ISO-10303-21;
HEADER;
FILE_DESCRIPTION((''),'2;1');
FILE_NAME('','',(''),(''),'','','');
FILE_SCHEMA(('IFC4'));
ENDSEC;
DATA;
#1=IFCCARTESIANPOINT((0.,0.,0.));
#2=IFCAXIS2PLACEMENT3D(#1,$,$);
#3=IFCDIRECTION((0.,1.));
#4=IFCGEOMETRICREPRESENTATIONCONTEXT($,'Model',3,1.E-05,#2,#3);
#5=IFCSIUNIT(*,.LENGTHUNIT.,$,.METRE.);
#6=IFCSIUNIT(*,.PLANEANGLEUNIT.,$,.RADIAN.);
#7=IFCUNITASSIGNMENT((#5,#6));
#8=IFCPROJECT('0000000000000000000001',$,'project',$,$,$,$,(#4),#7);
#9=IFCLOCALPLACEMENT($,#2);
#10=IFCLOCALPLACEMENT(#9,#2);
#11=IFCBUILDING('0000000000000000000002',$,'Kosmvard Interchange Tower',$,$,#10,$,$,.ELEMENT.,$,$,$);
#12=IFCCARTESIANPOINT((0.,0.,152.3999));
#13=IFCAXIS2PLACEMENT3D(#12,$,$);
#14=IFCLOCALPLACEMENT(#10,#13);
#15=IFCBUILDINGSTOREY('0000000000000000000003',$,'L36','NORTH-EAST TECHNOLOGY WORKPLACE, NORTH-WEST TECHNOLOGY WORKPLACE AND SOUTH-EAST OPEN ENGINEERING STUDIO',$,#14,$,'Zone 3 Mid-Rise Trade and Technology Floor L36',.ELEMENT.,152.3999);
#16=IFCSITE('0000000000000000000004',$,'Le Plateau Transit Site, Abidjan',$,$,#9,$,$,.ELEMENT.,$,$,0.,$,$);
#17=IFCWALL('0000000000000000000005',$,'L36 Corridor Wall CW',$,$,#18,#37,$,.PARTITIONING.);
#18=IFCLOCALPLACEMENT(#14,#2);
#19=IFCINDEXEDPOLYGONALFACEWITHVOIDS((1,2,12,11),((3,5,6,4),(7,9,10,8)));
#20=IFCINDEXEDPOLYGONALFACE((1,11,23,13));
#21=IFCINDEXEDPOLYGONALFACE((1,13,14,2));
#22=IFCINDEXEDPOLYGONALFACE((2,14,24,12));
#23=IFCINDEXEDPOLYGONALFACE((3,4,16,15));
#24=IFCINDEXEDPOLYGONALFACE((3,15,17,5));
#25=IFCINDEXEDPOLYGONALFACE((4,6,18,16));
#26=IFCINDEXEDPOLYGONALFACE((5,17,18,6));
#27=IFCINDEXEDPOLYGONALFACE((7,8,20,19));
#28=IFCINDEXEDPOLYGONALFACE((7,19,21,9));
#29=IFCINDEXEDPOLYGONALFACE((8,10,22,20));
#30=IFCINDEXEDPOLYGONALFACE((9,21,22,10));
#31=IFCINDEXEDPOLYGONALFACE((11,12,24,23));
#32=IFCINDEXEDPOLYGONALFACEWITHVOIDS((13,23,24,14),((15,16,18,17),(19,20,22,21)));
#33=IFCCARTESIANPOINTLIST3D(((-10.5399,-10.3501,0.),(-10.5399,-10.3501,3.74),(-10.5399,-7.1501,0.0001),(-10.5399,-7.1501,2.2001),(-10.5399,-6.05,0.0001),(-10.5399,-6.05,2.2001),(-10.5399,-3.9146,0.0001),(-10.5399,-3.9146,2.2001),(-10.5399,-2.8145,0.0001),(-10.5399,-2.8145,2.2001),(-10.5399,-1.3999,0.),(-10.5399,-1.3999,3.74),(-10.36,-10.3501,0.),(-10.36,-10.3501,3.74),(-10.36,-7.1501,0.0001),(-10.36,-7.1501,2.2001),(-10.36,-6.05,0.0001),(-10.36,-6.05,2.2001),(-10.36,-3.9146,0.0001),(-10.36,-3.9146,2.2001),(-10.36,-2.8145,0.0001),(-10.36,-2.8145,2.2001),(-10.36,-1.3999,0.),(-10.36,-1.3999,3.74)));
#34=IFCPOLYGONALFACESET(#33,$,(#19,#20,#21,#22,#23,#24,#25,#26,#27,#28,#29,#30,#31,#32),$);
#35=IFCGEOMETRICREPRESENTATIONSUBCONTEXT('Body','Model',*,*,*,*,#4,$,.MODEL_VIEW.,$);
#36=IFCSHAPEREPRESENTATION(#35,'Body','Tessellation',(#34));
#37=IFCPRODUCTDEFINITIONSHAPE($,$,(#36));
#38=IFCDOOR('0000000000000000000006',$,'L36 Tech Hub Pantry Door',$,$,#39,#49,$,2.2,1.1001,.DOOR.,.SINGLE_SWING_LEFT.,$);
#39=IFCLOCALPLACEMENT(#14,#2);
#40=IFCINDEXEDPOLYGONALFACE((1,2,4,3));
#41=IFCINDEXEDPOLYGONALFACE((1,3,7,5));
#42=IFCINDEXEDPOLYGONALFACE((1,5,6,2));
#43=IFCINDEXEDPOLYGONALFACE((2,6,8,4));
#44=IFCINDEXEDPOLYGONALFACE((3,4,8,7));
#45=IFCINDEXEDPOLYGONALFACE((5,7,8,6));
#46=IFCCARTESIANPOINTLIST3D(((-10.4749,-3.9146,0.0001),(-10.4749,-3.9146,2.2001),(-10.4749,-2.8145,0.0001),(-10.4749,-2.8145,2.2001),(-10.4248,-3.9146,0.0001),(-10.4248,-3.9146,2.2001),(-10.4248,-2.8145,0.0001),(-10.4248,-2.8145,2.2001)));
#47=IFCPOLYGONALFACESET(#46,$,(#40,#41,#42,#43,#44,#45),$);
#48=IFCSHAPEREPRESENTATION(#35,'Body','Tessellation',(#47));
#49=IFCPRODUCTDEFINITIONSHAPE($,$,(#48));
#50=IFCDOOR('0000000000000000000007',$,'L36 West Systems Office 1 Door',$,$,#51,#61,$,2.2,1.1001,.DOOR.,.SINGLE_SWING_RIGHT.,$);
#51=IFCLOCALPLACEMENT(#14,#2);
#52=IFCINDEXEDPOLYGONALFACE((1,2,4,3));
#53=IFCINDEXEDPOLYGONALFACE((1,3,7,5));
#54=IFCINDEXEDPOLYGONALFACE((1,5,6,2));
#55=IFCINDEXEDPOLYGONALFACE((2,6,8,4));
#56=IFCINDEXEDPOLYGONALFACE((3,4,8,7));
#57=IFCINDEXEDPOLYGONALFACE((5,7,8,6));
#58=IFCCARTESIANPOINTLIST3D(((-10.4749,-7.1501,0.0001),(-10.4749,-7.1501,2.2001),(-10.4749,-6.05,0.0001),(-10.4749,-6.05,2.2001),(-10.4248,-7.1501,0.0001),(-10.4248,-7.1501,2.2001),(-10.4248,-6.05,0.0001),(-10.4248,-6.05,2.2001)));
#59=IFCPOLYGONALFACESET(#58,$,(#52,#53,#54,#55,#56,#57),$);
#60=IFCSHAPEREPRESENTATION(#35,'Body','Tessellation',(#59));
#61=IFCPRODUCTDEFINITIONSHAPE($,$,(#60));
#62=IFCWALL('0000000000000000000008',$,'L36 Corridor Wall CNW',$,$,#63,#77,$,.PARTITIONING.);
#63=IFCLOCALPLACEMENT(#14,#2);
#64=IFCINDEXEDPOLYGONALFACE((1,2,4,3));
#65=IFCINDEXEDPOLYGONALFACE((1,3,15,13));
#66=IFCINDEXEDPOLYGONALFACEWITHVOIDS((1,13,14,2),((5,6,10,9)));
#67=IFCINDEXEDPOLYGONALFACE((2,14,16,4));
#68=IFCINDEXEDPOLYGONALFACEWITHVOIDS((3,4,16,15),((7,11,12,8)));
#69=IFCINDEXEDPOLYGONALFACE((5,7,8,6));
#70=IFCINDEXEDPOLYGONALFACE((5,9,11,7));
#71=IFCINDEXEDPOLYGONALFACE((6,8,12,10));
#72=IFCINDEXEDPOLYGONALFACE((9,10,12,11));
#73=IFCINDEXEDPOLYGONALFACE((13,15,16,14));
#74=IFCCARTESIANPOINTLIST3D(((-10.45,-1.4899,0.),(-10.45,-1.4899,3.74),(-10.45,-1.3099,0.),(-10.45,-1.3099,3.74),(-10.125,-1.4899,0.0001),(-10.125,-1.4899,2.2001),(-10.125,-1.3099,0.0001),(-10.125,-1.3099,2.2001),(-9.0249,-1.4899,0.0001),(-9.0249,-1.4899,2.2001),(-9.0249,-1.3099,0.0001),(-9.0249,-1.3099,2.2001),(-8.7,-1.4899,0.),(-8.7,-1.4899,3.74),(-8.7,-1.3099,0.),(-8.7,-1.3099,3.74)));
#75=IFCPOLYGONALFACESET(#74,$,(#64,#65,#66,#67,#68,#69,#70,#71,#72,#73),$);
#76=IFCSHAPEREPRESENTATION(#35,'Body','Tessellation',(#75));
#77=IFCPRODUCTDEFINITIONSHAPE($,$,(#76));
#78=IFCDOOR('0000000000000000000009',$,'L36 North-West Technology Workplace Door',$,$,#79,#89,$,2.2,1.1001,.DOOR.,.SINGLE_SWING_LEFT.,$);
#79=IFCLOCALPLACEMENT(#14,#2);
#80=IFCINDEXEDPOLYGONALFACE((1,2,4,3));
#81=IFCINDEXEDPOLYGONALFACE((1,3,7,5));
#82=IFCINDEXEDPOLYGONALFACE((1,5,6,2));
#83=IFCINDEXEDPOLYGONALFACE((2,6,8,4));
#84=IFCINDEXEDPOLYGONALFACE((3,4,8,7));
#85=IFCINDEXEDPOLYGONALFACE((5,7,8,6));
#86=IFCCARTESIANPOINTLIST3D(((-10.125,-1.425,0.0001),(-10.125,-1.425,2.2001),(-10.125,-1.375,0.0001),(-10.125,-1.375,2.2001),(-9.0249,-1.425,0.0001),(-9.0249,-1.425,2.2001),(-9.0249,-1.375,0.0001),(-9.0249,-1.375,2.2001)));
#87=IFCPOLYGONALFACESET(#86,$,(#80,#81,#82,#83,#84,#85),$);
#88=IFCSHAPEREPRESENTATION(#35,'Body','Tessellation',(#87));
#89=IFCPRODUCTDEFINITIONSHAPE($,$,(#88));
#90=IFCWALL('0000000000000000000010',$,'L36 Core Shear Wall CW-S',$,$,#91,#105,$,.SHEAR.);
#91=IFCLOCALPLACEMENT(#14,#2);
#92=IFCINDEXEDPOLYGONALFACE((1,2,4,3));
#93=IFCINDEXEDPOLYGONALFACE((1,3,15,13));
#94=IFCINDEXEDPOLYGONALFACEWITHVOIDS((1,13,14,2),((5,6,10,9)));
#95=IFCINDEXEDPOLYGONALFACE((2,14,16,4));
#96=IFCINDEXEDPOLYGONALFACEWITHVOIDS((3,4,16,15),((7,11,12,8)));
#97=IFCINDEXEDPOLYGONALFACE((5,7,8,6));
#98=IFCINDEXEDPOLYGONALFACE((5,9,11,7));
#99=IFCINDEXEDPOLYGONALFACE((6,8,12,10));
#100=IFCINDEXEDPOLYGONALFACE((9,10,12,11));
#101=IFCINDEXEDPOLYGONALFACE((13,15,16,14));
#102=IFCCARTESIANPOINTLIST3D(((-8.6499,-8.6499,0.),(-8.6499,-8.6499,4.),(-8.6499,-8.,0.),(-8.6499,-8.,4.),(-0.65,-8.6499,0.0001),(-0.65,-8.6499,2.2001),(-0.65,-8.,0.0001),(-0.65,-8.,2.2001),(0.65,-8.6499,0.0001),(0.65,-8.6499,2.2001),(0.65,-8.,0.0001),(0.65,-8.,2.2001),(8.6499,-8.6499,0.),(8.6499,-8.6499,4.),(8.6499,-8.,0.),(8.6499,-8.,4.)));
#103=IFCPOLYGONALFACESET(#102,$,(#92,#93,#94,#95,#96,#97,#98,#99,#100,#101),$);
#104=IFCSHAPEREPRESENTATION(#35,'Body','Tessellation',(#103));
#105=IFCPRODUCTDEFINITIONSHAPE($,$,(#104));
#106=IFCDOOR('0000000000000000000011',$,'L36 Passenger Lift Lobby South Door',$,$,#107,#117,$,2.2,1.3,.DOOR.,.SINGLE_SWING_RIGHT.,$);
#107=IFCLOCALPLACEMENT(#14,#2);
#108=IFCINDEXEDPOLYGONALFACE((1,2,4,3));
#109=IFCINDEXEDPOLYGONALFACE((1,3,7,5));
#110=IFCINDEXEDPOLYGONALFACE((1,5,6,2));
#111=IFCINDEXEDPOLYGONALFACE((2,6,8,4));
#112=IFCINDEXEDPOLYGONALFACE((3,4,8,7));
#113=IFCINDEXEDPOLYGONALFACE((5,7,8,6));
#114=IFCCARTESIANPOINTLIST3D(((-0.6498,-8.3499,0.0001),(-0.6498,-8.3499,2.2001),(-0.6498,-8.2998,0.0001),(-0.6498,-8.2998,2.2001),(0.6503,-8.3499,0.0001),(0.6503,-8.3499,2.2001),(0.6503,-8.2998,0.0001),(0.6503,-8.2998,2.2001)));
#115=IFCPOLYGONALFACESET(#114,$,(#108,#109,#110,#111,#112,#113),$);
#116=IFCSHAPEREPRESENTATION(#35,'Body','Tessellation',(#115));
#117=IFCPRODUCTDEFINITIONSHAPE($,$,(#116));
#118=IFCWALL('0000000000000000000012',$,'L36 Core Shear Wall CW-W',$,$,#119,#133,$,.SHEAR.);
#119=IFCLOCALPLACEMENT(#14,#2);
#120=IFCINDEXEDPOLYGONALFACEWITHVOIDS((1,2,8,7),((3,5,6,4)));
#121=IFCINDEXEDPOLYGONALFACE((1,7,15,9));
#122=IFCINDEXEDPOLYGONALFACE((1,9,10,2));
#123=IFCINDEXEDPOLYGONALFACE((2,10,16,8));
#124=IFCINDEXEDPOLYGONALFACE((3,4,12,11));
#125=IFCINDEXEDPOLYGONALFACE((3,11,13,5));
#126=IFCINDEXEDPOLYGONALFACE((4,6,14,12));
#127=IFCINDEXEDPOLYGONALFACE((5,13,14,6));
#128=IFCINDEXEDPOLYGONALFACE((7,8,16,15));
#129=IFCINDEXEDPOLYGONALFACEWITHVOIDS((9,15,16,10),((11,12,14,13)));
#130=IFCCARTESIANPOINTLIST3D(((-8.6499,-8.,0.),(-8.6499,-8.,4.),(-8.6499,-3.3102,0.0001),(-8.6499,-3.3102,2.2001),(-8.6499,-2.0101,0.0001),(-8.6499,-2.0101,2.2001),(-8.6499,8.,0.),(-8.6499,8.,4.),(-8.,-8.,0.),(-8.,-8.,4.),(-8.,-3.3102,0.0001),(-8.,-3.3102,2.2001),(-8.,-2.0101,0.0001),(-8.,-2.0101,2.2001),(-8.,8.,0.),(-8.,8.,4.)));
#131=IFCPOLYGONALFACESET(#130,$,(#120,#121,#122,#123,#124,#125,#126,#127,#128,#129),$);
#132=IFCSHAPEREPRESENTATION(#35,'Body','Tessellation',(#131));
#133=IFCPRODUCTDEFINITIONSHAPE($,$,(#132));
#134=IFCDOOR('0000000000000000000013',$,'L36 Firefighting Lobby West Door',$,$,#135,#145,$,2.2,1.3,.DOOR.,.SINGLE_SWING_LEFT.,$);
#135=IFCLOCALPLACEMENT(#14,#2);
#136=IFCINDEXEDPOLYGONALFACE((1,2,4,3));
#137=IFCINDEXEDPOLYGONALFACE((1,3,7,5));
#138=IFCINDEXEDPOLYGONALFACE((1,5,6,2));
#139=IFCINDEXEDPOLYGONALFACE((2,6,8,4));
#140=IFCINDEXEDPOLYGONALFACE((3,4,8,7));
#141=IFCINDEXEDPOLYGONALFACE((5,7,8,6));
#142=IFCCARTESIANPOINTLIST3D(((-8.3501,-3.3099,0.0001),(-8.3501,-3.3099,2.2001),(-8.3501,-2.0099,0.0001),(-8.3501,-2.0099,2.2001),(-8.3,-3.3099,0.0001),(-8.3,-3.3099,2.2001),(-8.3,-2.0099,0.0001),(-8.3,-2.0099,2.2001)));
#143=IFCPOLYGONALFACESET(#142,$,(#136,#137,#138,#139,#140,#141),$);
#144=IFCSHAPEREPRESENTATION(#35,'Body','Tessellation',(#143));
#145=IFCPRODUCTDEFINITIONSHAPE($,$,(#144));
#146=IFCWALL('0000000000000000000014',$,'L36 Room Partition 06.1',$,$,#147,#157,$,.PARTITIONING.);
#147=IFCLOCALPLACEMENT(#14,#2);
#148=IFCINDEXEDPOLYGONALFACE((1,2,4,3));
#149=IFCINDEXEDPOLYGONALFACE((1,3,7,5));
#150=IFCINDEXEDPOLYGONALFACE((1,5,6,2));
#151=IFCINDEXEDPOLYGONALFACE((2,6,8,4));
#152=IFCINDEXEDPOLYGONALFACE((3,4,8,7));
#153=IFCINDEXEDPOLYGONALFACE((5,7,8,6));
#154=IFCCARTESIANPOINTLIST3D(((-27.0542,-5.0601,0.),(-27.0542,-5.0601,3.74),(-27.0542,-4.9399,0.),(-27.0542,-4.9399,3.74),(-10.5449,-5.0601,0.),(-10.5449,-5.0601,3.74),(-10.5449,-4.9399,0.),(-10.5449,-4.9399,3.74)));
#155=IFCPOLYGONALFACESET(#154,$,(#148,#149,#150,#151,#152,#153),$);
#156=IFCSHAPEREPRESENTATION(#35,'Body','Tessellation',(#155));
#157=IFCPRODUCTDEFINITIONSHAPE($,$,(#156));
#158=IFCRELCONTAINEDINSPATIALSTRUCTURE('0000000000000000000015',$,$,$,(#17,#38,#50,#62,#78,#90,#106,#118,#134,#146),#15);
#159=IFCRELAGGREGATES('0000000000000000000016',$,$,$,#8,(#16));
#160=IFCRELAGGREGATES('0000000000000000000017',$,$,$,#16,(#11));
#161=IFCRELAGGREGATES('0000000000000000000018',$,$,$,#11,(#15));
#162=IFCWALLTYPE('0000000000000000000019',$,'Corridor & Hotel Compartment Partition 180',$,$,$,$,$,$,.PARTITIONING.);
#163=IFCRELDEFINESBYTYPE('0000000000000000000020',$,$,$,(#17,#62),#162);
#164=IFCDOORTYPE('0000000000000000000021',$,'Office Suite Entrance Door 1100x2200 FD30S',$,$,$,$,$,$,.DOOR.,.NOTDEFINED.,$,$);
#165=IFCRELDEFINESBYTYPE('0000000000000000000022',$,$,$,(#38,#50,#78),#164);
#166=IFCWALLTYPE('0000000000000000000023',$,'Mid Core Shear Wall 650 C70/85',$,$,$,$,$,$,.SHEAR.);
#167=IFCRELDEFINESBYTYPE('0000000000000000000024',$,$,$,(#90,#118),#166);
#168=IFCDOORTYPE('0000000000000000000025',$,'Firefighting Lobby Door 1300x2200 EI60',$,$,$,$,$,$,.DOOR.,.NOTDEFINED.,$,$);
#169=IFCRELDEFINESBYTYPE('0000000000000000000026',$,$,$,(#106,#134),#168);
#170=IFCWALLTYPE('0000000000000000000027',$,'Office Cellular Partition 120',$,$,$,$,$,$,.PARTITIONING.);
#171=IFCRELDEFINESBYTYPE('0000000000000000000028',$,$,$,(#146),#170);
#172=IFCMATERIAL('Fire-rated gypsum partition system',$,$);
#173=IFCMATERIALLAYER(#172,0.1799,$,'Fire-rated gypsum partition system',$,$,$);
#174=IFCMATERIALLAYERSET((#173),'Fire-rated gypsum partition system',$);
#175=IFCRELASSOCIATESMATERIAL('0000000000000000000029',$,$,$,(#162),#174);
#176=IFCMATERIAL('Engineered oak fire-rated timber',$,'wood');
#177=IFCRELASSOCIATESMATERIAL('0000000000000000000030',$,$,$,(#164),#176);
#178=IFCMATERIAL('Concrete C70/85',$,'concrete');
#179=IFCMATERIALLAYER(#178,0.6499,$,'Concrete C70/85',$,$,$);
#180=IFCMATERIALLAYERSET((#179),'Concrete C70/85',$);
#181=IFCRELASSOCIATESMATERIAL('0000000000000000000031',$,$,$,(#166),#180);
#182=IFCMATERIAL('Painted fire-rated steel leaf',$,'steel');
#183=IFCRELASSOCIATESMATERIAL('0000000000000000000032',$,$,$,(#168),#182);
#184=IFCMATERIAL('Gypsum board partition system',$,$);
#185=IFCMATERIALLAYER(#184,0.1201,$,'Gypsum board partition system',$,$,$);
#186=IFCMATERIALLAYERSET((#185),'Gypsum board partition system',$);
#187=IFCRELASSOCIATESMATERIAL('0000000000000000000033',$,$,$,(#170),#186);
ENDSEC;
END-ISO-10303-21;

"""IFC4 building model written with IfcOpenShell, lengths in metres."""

from ifc_helpers import new_model, si_unit, direction, frame, frame_2d, origin, place, context, subcontext, project, spatial, rectangle, extrude, source, transform, mapped, material, layer, layer_set, type_object, element, fill, save


model = new_model("IFC4")

# Units and contexts
model_context = context("Model", 3, precision=1e-05, world=origin(), true_north=direction((0.0, 1.0)))
body_context = subcontext(model_context, "Body", "Model", "MODEL_VIEW")
ifc_project = project(units=[si_unit("LENGTHUNIT", "METRE"), si_unit("PLANEANGLEUNIT", "RADIAN")], contexts=[model_context])

# Site, building, storey
site_placement = place(None, origin())
site = spatial("IfcSite", under=ifc_project, at=site_placement, Name="Le Plateau Transit Site, Abidjan", CompositionType="ELEMENT", RefElevation=0.0)
building_placement = place(site_placement, origin())
building = spatial("IfcBuilding", under=site, at=building_placement, Name="Kosmvard Interchange Tower", CompositionType="ELEMENT")
storey_placement = place(building_placement, frame((0.0, 0.0, 152.3999)))
storey = spatial("IfcBuildingStorey", under=building, at=storey_placement, Name="L36", Description="NORTH-EAST TECHNOLOGY WORKPLACE, NORTH-WEST TECHNOLOGY WORKPLACE AND SOUTH-EAST OPEN ENGINEERING STUDIO", LongName="Zone 3 Mid-Rise Trade and Technology Floor L36", CompositionType="ELEMENT", Elevation=152.3999)

# Wall, openings, doors
ifc_material_1 = material(Name="Fire-rated gypsum partition system")
ifc_layer_1 = layer(ifc_material_1, 0.1799, Name="Fire-rated gypsum partition system")
ifc_layer_set_1 = layer_set([ifc_layer_1], Name="Fire-rated gypsum partition system")
wall_type_1 = type_object("IfcWallType", Name="Corridor & Hotel Compartment Partition 180", PredefinedType="PARTITIONING", material=ifc_layer_set_1)
ifc_material_2 = material(Name="Engineered oak fire-rated timber", Category="wood")
door_type_1 = type_object("IfcDoorType", Name="Office Suite Entrance Door 1100x2200 FD30S", OperationType="NOTDEFINED", PredefinedType="DOOR", material=ifc_material_2)
shared_shape_1 = source(origin(), body_context, "Body", "SweptSolid", [
    extrude(rectangle(XDim=1.1001, YDim=2.2, at=frame_2d((0.55, 1.1001))), frame((0.0, 0.0249, 0.0), z_axis=(0.0, -1.0, 0.0), x_axis=(1.0, 0.0, 0.0)), (0.0, 0.0, 1.0), 0.05),
])
wall_1_placement = place(storey_placement, frame((-10.45, -10.3501, 0.0), z_axis=(0.0, 0.0, 1.0), x_axis=(0.0, 1.0, 0.0)))
wall_1 = element("IfcWall", 1, at=wall_1_placement, inside=storey, type_object=wall_type_1, Name="L36 Corridor Wall CW", PredefinedType="PARTITIONING", context=body_context, shape_type="SweptSolid", body=[
    extrude(rectangle(XDim=8.9502, YDim=0.1799, at=frame_2d((4.4751, 0.0))), origin(), (0.0, 0.0, 1.0), 3.74),
])
opening_1_placement = place(wall_1_placement, frame((6.4355, 0.0, 0.0)))
opening_1 = element("IfcOpeningElement", 2, at=opening_1_placement, cuts=wall_1, PredefinedType="OPENING", context=body_context, shape_type="SweptSolid", body=[
    extrude(rectangle(XDim=1.1001, YDim=2.2, at=frame_2d((0.55, 1.1001))), frame((0.0, 0.1001, 0.0), z_axis=(0.0, -1.0, 0.0), x_axis=(1.0, 0.0, 0.0)), (0.0, 0.0, 1.0), 0.2),
])
opening_2_placement = place(wall_1_placement, frame((3.2, 0.0, 0.0)))
opening_2 = element("IfcOpeningElement", 3, at=opening_2_placement, cuts=wall_1, PredefinedType="OPENING", context=body_context, shape_type="SweptSolid", body=[
    extrude(rectangle(XDim=1.1001, YDim=2.2, at=frame_2d((0.55, 1.1001))), frame((0.0, 0.1001, 0.0), z_axis=(0.0, -1.0, 0.0), x_axis=(1.0, 0.0, 0.0)), (0.0, 0.0, 1.0), 0.2),
])
door_1_placement = place(opening_1_placement, origin())
door_1 = element("IfcDoor", 4, at=door_1_placement, inside=storey, type_object=door_type_1, Name="L36 Tech Hub Pantry Door", OperationType="SINGLE_SWING_LEFT", OverallHeight=2.2, OverallWidth=1.1001, PredefinedType="DOOR", context=body_context, shape_type="MappedRepresentation", body=[
    mapped(shared_shape_1, transform((0.0, 0.0, 0.0), scale=1.0)),
])
fill(opening_1, door_1)
door_2_placement = place(opening_2_placement, origin())
door_2 = element("IfcDoor", 5, at=door_2_placement, inside=storey, type_object=door_type_1, Name="L36 West Systems Office 1 Door", OperationType="SINGLE_SWING_RIGHT", OverallHeight=2.2, OverallWidth=1.1001, PredefinedType="DOOR", context=body_context, shape_type="MappedRepresentation", body=[
    mapped(shared_shape_1, transform((0.0, 0.0, 0.0), scale=1.0)),
])
fill(opening_2, door_2)

# Walls, openings, doors
wall_2_placement = place(storey_placement, frame((-10.45, -1.3999, 0.0), z_axis=(0.0, 0.0, 1.0), x_axis=(1.0, 0.0, 0.0)))
wall_2 = element("IfcWall", 6, at=wall_2_placement, inside=storey, type_object=wall_type_1, Name="L36 Corridor Wall CNW", PredefinedType="PARTITIONING", context=body_context, shape_type="SweptSolid", body=[
    extrude(rectangle(XDim=1.75, YDim=0.1799, at=frame_2d((0.875, 0.0))), origin(), (0.0, 0.0, 1.0), 3.74),
])
opening_3_placement = place(wall_2_placement, frame((0.325, 0.0, 0.0)))
opening_3 = element("IfcOpeningElement", 7, at=opening_3_placement, cuts=wall_2, PredefinedType="OPENING", context=body_context, shape_type="SweptSolid", body=[
    extrude(rectangle(XDim=1.1001, YDim=2.2, at=frame_2d((0.55, 1.1001))), frame((0.0, 0.1001, 0.0), z_axis=(0.0, -1.0, 0.0), x_axis=(1.0, 0.0, 0.0)), (0.0, 0.0, 1.0), 0.2),
])
door_3_placement = place(opening_3_placement, origin())
door_3 = element("IfcDoor", 8, at=door_3_placement, inside=storey, type_object=door_type_1, Name="L36 North-West Technology Workplace Door", OperationType="SINGLE_SWING_LEFT", OverallHeight=2.2, OverallWidth=1.1001, PredefinedType="DOOR", context=body_context, shape_type="MappedRepresentation", body=[
    mapped(shared_shape_1, transform((0.0, 0.0, 0.0), scale=1.0)),
])
fill(opening_3, door_3)
ifc_material_3 = material(Name="Concrete C70/85", Category="concrete")
ifc_layer_2 = layer(ifc_material_3, 0.6499, Name="Concrete C70/85")
ifc_layer_set_2 = layer_set([ifc_layer_2], Name="Concrete C70/85")
wall_type_2 = type_object("IfcWallType", Name="Mid Core Shear Wall 650 C70/85", PredefinedType="SHEAR", material=ifc_layer_set_2)
wall_3_placement = place(storey_placement, frame((-8.6499, -8.325, 0.0), z_axis=(0.0, 0.0, 1.0), x_axis=(1.0, 0.0, 0.0)))
wall_3 = element("IfcWall", 9, at=wall_3_placement, inside=storey, type_object=wall_type_2, Name="L36 Core Shear Wall CW-S", PredefinedType="SHEAR", context=body_context, shape_type="SweptSolid", body=[
    extrude(rectangle(XDim=17.2998, YDim=0.6499, at=frame_2d((8.6499, 0.0))), origin(), (0.0, 0.0, 1.0), 4.0),
])
opening_4_placement = place(wall_3_placement, frame((8.0, 0.0, 0.0)))
opening_4 = element("IfcOpeningElement", 10, at=opening_4_placement, cuts=wall_3, PredefinedType="OPENING", context=body_context, shape_type="SweptSolid", body=[
    extrude(rectangle(XDim=1.3, YDim=2.2, at=frame_2d((0.6499, 1.1001))), frame((0.0, 0.335, 0.0), z_axis=(0.0, -1.0, 0.0), x_axis=(1.0, 0.0, 0.0)), (0.0, 0.0, 1.0), 0.6699),
])
ifc_material_4 = material(Name="Painted fire-rated steel leaf", Category="steel")
door_type_2 = type_object("IfcDoorType", Name="Firefighting Lobby Door 1300x2200 EI60", OperationType="NOTDEFINED", PredefinedType="DOOR", material=ifc_material_4)
shared_shape_2 = source(origin(), body_context, "Body", "SweptSolid", [
    extrude(rectangle(XDim=1.3, YDim=2.2, at=frame_2d((0.6499, 1.1001))), frame((0.0, 0.0249, 0.0), z_axis=(0.0, -1.0, 0.0), x_axis=(1.0, 0.0, 0.0)), (0.0, 0.0, 1.0), 0.05),
])
door_4_placement = place(opening_4_placement, frame((1.3, 0.0, 0.0), z_axis=(0.0, 0.0, 1.0), x_axis=(-1.0, 0.0, 0.0)))
door_4 = element("IfcDoor", 11, at=door_4_placement, inside=storey, type_object=door_type_2, Name="L36 Passenger Lift Lobby South Door", OperationType="SINGLE_SWING_RIGHT", OverallHeight=2.2, OverallWidth=1.3, PredefinedType="DOOR", context=body_context, shape_type="MappedRepresentation", body=[
    mapped(shared_shape_2, transform((0.0, 0.0, 0.0), scale=1.0)),
])
fill(opening_4, door_4)
wall_4_placement = place(storey_placement, frame((-8.325, -8.0, 0.0), z_axis=(0.0, 0.0, 1.0), x_axis=(0.0, 1.0, 0.0)))
wall_4 = element("IfcWall", 12, at=wall_4_placement, inside=storey, type_object=wall_type_2, Name="L36 Core Shear Wall CW-W", PredefinedType="SHEAR", context=body_context, shape_type="SweptSolid", body=[
    extrude(rectangle(XDim=16.0, YDim=0.6499, at=frame_2d((8.0, 0.0))), origin(), (0.0, 0.0, 1.0), 4.0),
])
opening_5_placement = place(wall_4_placement, frame((4.6899, 0.0, 0.0)))
opening_5 = element("IfcOpeningElement", 13, at=opening_5_placement, cuts=wall_4, PredefinedType="OPENING", context=body_context, shape_type="SweptSolid", body=[
    extrude(rectangle(XDim=1.3, YDim=2.2, at=frame_2d((0.6499, 1.1001))), frame((0.0, 0.335, 0.0), z_axis=(0.0, -1.0, 0.0), x_axis=(1.0, 0.0, 0.0)), (0.0, 0.0, 1.0), 0.6699),
])
door_5_placement = place(opening_5_placement, frame((1.3, 0.0, 0.0), z_axis=(0.0, 0.0, 1.0), x_axis=(-1.0, 0.0, 0.0)))
door_5 = element("IfcDoor", 14, at=door_5_placement, inside=storey, type_object=door_type_2, Name="L36 Firefighting Lobby West Door", OperationType="SINGLE_SWING_LEFT", OverallHeight=2.2, OverallWidth=1.3, PredefinedType="DOOR", context=body_context, shape_type="MappedRepresentation", body=[
    mapped(shared_shape_2, transform((0.0, 0.0, 0.0), scale=1.0)),
])
fill(opening_5, door_5)

# Wall
ifc_material_5 = material(Name="Gypsum board partition system")
ifc_layer_3 = layer(ifc_material_5, 0.1201, Name="Gypsum board partition system")
ifc_layer_set_3 = layer_set([ifc_layer_3], Name="Gypsum board partition system")
wall_type_3 = type_object("IfcWallType", Name="Office Cellular Partition 120", PredefinedType="PARTITIONING", material=ifc_layer_set_3)
wall_5_placement = place(storey_placement, frame((-27.0542, -5.0, 0.0), z_axis=(0.0, 0.0, 1.0), x_axis=(1.0, 0.0, 0.0)))
element("IfcWall", 15, at=wall_5_placement, inside=storey, type_object=wall_type_3, Name="L36 Room Partition 06.1", PredefinedType="PARTITIONING", context=body_context, shape_type="SweptSolid", body=[
    extrude(rectangle(XDim=16.5093, YDim=0.1201, at=frame_2d((8.2546, 0.0))), origin(), (0.0, 0.0, 1.0), 3.74),
])

save(model, "model.ifc")
